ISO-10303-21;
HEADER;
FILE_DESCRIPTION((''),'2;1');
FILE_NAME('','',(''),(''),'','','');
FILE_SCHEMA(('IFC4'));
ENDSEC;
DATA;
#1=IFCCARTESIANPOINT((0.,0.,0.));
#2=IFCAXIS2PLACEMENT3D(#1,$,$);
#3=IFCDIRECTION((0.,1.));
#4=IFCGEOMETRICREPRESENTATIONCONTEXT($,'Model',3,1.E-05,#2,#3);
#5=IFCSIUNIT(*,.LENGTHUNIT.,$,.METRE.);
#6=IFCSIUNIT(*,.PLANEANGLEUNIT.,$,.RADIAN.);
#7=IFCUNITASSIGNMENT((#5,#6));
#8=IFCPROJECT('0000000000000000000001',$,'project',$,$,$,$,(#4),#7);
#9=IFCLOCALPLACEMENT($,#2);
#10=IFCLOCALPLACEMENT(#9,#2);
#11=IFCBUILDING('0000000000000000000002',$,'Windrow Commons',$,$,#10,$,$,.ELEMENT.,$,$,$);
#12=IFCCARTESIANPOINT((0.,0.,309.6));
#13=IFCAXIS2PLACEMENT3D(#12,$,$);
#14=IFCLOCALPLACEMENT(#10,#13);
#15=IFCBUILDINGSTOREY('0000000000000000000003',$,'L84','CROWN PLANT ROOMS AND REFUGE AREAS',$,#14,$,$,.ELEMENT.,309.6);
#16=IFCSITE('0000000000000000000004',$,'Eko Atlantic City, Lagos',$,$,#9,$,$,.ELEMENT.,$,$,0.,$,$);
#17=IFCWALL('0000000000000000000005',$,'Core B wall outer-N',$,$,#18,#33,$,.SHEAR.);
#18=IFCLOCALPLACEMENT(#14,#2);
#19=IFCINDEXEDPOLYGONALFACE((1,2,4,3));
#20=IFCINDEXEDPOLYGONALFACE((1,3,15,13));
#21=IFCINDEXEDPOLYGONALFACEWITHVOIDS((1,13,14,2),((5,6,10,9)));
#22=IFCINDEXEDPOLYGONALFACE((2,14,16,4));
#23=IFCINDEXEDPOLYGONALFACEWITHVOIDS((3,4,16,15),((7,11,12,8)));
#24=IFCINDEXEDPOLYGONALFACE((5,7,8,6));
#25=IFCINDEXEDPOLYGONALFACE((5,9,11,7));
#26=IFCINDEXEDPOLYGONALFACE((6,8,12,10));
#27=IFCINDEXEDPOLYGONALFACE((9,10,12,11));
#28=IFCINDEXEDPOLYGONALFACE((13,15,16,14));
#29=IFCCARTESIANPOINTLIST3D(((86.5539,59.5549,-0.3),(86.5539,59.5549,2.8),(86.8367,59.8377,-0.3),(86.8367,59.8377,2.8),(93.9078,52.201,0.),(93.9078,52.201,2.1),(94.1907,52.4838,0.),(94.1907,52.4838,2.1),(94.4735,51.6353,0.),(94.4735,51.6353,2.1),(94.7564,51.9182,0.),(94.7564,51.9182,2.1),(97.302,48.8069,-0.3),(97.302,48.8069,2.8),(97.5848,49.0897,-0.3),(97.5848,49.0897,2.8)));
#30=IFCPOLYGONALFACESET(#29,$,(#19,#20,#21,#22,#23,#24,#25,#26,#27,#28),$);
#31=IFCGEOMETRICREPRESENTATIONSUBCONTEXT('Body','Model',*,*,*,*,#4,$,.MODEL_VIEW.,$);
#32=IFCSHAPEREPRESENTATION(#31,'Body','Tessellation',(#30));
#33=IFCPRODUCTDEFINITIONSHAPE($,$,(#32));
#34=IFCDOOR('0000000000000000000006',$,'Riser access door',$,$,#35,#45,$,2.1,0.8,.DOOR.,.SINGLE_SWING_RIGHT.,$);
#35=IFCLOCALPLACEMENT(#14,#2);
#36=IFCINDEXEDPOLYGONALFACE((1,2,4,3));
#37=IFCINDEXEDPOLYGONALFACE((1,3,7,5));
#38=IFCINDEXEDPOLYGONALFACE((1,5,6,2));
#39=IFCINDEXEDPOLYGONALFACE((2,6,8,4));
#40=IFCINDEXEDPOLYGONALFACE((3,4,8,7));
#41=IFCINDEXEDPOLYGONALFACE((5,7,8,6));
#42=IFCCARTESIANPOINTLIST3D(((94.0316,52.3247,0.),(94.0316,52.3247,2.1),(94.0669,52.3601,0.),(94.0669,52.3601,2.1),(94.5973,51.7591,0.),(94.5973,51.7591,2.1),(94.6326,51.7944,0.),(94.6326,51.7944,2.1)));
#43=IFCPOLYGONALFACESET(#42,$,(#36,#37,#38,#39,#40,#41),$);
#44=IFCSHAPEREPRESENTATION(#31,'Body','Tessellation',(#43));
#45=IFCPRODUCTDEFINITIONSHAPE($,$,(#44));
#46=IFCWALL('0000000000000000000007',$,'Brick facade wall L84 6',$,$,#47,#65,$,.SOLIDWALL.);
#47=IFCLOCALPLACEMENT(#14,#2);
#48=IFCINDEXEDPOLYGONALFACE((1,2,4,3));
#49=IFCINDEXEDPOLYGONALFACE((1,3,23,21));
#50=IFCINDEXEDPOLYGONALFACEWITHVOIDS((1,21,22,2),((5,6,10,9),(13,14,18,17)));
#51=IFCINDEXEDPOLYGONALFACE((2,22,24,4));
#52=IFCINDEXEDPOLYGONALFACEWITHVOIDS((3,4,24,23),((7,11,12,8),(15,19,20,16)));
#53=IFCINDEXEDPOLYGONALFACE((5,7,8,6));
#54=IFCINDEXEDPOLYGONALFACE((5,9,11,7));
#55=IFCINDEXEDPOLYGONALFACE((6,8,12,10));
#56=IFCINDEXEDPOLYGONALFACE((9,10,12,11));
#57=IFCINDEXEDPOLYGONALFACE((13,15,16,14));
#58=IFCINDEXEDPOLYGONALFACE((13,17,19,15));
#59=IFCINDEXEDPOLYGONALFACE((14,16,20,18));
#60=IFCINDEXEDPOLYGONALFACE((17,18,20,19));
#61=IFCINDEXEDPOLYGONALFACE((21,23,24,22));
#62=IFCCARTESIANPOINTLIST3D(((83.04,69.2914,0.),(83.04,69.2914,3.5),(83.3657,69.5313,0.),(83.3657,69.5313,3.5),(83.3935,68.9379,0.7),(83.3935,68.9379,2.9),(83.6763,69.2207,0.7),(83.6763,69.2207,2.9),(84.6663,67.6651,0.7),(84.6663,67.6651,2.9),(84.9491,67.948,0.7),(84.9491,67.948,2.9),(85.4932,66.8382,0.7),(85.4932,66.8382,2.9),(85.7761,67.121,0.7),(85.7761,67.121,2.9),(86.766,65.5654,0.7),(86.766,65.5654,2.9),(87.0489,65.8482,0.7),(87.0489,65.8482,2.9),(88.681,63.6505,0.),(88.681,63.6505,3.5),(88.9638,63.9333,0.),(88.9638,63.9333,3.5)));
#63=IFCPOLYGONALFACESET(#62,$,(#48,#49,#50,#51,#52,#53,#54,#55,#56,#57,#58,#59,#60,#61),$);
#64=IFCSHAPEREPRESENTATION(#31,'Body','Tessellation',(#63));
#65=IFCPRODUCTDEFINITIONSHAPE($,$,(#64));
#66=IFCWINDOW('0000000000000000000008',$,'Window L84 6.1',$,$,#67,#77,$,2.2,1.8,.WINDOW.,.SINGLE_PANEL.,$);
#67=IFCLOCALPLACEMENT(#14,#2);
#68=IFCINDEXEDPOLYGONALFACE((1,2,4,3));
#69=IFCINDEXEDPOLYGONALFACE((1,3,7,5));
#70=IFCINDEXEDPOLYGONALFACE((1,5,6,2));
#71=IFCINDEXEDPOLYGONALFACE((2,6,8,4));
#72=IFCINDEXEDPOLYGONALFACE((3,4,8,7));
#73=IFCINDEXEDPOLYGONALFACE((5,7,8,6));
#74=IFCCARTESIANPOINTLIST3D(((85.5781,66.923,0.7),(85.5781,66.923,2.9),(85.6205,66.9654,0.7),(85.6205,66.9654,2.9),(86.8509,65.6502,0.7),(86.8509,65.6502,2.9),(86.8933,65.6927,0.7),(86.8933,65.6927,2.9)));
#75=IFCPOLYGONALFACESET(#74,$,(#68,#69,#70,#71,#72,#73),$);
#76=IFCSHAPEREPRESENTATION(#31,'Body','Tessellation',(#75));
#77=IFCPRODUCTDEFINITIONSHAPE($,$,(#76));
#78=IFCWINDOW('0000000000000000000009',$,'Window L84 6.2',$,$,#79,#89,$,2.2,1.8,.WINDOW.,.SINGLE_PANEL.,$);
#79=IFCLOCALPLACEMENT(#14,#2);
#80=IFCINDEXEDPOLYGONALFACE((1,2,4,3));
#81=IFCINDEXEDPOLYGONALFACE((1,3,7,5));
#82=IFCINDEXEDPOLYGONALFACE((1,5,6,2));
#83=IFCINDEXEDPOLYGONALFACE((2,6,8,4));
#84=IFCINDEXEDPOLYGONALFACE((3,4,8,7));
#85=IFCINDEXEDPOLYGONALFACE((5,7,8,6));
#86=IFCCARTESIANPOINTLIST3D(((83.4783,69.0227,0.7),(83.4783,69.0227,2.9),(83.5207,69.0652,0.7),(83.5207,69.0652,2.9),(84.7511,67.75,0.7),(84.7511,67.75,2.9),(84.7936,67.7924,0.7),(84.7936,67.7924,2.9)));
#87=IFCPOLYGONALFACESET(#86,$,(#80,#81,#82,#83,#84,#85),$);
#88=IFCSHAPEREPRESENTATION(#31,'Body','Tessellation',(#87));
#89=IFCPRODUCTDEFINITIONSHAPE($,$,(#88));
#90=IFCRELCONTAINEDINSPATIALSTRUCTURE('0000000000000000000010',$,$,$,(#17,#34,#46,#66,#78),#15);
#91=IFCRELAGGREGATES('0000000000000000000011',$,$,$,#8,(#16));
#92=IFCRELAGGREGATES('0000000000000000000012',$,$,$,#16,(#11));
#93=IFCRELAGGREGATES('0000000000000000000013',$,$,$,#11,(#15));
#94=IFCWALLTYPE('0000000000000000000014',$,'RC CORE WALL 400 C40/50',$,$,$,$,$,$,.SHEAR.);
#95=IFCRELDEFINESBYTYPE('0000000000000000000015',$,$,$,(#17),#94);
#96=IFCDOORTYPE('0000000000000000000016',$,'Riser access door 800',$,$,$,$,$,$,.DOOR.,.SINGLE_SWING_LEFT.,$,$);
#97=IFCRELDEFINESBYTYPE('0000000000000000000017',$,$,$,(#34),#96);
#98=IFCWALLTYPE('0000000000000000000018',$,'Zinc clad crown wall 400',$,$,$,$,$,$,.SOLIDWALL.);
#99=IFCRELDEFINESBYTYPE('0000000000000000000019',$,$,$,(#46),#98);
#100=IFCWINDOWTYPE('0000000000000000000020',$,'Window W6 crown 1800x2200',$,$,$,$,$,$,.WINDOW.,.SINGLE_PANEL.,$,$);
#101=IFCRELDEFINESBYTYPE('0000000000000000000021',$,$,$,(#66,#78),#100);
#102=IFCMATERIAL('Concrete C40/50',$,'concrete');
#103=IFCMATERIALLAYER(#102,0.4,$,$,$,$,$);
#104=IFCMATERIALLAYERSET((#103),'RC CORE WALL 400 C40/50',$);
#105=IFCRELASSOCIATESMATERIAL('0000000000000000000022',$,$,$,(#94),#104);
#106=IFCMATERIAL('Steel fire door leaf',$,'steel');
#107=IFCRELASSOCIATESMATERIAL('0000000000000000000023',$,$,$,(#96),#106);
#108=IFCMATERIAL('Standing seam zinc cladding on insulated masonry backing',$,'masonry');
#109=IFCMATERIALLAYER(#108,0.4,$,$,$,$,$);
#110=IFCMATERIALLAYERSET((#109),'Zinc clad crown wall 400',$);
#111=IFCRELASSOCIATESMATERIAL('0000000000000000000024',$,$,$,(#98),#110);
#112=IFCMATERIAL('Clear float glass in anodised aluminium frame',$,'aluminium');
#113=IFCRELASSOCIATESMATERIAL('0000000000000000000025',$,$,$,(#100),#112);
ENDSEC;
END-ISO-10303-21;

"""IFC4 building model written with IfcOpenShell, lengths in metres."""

from ifc_helpers import new_model, si_unit, direction, frame, frame_2d, origin, place, context, subcontext, project, spatial, polyline, rectangle, outline, extrude, material, layer, layer_set, type_object, element, fill, save


model = new_model("IFC4")

# Units and contexts
model_context = context("Model", 3, precision=1e-05, world=origin(), true_north=direction((0.0, 1.0)))
body_context = subcontext(model_context, "Body", "Model", "MODEL_VIEW")
ifc_project = project(units=[si_unit("LENGTHUNIT", "METRE"), si_unit("PLANEANGLEUNIT", "RADIAN")], contexts=[model_context])

# Site, building, storey
site_placement = place(None, origin())
site = spatial("IfcSite", under=ifc_project, at=site_placement, Name="Eko Atlantic City, Lagos", CompositionType="ELEMENT", RefElevation=0.0)
building_placement = place(site_placement, origin())
building = spatial("IfcBuilding", under=site, at=building_placement, Name="Windrow Commons", CompositionType="ELEMENT")
storey_placement = place(building_placement, frame((0.0, 0.0, 309.6)))
storey = spatial("IfcBuildingStorey", under=building, at=storey_placement, Name="L84", Description="CROWN PLANT ROOMS AND REFUGE AREAS", CompositionType="ELEMENT", Elevation=309.6)

# Wall, opening, door
ifc_material_1 = material(Name="Concrete C40/50", Category="concrete")
ifc_layer_1 = layer(ifc_material_1, 0.4)
ifc_layer_set_1 = layer_set([ifc_layer_1], Name="RC CORE WALL 400 C40/50")
wall_type_1 = type_object("IfcWallType", Name="RC CORE WALL 400 C40/50", PredefinedType="SHEAR", material=ifc_layer_set_1)
wall_1_placement = place(storey_placement, frame((86.6953, 59.6963, -0.3), z_axis=(0.0, 0.0, 1.0), x_axis=(0.70711, -0.707103, 0.0)))
wall_1 = element("IfcWall", 1, at=wall_1_placement, inside=storey, type_object=wall_type_1, Name="Core B wall outer-N", PredefinedType="SHEAR", context=body_context, shape_type="SweptSolid", body=[
    extrude(outline(polyline([(0.0, 0.0), (15.2, 0.0), (15.2, 3.1), (0.0, 3.1), (0.0, 0.0)])), frame((0.0, 0.2, 0.0), z_axis=(0.0, -1.0, 0.0), x_axis=(1.0, 0.0, 0.0)), (0.0, 0.0, 1.0), 0.4),
])
opening_1_placement = place(wall_1_placement, frame((10.4, 0.0, 0.3)))
opening_1 = element("IfcOpeningElement", 2, at=opening_1_placement, cuts=wall_1, PredefinedType="OPENING", context=body_context, shape_type="SweptSolid", body=[
    extrude(rectangle(XDim=0.8, YDim=2.1, at=frame_2d((0.4, 1.05))), frame((0.0, 0.21, 0.0), z_axis=(0.0, -1.0, 0.0), x_axis=(1.0, 0.0, 0.0)), (0.0, 0.0, 1.0), 0.42),
])
ifc_material_2 = material(Name="Steel fire door leaf", Category="steel")
door_type_1 = type_object("IfcDoorType", Name="Riser access door 800", OperationType="SINGLE_SWING_LEFT", PredefinedType="DOOR", material=ifc_material_2)
door_1_placement = place(opening_1_placement, origin())
door_1 = element("IfcDoor", 3, at=door_1_placement, inside=storey, type_object=door_type_1, Name="Riser access door", OperationType="SINGLE_SWING_RIGHT", OverallHeight=2.1, OverallWidth=0.8, PredefinedType="DOOR", context=body_context, shape_type="SweptSolid", body=[
    extrude(rectangle(XDim=0.8, YDim=2.1, at=frame_2d((0.4, 1.05))), frame((0.0, 0.025, 0.0), z_axis=(0.0, -1.0, 0.0), x_axis=(1.0, 0.0, 0.0)), (0.0, 0.0, 1.0), 0.05),
])
fill(opening_1, door_1)

# Wall, openings, windows
ifc_material_3 = material(Name="Standing seam zinc cladding on insulated masonry backing", Category="masonry")
ifc_layer_2 = layer(ifc_material_3, 0.4)
ifc_layer_set_2 = layer_set([ifc_layer_2], Name="Zinc clad crown wall 400")
wall_type_2 = type_object("IfcWallType", Name="Zinc clad crown wall 400", PredefinedType="SOLIDWALL", material=ifc_layer_set_2)
wall_2_placement = place(storey_placement, frame((88.8224, 63.7919, 0.0), z_axis=(0.0, 0.0, 1.0), x_axis=(-0.707113, 0.7071, 0.0)))
wall_2 = element("IfcWall", 4, at=wall_2_placement, inside=storey, type_object=wall_type_2, Name="Brick facade wall L84 6", PredefinedType="SOLIDWALL", context=body_context, shape_type="SweptSolid", body=[
    extrude(outline(polyline([(0.0, -0.2), (7.9168, -0.2), (7.9775, 0.2), (0.0, 0.2), (0.0, -0.2)])), origin(), (0.0, 0.0, 1.0), 3.5),
])
opening_2_placement = place(wall_2_placement, frame((2.7081, 0.0, 0.7)))
opening_2 = element("IfcOpeningElement", 5, at=opening_2_placement, cuts=wall_2, PredefinedType="OPENING", context=body_context, shape_type="SweptSolid", body=[
    extrude(rectangle(XDim=1.8, YDim=2.2, at=frame_2d((0.9, 1.1))), frame((0.0, 0.21, 0.0), z_axis=(0.0, -1.0, 0.0), x_axis=(1.0, 0.0, 0.0)), (0.0, 0.0, 1.0), 0.42),
])
opening_3_placement = place(wall_2_placement, frame((5.6776, 0.0, 0.7)))
opening_3 = element("IfcOpeningElement", 6, at=opening_3_placement, cuts=wall_2, PredefinedType="OPENING", context=body_context, shape_type="SweptSolid", body=[
    extrude(rectangle(XDim=1.8, YDim=2.2, at=frame_2d((0.9, 1.1))), frame((0.0, 0.21, 0.0), z_axis=(0.0, -1.0, 0.0), x_axis=(1.0, 0.0, 0.0)), (0.0, 0.0, 1.0), 0.42),
])
ifc_material_4 = material(Name="Clear float glass in anodised aluminium frame", Category="aluminium")
window_type = type_object("IfcWindowType", Name="Window W6 crown 1800x2200", PartitioningType="SINGLE_PANEL", PredefinedType="WINDOW", material=ifc_material_4)
window_1_placement = place(opening_2_placement, origin())
window_1 = element("IfcWindow", 7, at=window_1_placement, inside=storey, type_object=window_type, Name="Window L84 6.1", OverallHeight=2.2, OverallWidth=1.8, PartitioningType="SINGLE_PANEL", PredefinedType="WINDOW", context=body_context, shape_type="SweptSolid", body=[
    extrude(rectangle(XDim=1.8, YDim=2.2, at=frame_2d((0.9, 1.1))), frame((0.0, 0.08, 0.0), z_axis=(0.0, -1.0, 0.0), x_axis=(1.0, 0.0, 0.0)), (0.0, 0.0, 1.0), 0.06),
])
fill(opening_2, window_1)
window_2_placement = place(opening_3_placement, origin())
window_2 = element("IfcWindow", 8, at=window_2_placement, inside=storey, type_object=window_type, Name="Window L84 6.2", OverallHeight=2.2, OverallWidth=1.8, PartitioningType="SINGLE_PANEL", PredefinedType="WINDOW", context=body_context, shape_type="SweptSolid", body=[
    extrude(rectangle(XDim=1.8, YDim=2.2, at=frame_2d((0.9, 1.1))), frame((0.0, 0.08, 0.0), z_axis=(0.0, -1.0, 0.0), x_axis=(1.0, 0.0, 0.0)), (0.0, 0.0, 1.0), 0.06),
])
fill(opening_3, window_2)

save(model, "model.ifc")
